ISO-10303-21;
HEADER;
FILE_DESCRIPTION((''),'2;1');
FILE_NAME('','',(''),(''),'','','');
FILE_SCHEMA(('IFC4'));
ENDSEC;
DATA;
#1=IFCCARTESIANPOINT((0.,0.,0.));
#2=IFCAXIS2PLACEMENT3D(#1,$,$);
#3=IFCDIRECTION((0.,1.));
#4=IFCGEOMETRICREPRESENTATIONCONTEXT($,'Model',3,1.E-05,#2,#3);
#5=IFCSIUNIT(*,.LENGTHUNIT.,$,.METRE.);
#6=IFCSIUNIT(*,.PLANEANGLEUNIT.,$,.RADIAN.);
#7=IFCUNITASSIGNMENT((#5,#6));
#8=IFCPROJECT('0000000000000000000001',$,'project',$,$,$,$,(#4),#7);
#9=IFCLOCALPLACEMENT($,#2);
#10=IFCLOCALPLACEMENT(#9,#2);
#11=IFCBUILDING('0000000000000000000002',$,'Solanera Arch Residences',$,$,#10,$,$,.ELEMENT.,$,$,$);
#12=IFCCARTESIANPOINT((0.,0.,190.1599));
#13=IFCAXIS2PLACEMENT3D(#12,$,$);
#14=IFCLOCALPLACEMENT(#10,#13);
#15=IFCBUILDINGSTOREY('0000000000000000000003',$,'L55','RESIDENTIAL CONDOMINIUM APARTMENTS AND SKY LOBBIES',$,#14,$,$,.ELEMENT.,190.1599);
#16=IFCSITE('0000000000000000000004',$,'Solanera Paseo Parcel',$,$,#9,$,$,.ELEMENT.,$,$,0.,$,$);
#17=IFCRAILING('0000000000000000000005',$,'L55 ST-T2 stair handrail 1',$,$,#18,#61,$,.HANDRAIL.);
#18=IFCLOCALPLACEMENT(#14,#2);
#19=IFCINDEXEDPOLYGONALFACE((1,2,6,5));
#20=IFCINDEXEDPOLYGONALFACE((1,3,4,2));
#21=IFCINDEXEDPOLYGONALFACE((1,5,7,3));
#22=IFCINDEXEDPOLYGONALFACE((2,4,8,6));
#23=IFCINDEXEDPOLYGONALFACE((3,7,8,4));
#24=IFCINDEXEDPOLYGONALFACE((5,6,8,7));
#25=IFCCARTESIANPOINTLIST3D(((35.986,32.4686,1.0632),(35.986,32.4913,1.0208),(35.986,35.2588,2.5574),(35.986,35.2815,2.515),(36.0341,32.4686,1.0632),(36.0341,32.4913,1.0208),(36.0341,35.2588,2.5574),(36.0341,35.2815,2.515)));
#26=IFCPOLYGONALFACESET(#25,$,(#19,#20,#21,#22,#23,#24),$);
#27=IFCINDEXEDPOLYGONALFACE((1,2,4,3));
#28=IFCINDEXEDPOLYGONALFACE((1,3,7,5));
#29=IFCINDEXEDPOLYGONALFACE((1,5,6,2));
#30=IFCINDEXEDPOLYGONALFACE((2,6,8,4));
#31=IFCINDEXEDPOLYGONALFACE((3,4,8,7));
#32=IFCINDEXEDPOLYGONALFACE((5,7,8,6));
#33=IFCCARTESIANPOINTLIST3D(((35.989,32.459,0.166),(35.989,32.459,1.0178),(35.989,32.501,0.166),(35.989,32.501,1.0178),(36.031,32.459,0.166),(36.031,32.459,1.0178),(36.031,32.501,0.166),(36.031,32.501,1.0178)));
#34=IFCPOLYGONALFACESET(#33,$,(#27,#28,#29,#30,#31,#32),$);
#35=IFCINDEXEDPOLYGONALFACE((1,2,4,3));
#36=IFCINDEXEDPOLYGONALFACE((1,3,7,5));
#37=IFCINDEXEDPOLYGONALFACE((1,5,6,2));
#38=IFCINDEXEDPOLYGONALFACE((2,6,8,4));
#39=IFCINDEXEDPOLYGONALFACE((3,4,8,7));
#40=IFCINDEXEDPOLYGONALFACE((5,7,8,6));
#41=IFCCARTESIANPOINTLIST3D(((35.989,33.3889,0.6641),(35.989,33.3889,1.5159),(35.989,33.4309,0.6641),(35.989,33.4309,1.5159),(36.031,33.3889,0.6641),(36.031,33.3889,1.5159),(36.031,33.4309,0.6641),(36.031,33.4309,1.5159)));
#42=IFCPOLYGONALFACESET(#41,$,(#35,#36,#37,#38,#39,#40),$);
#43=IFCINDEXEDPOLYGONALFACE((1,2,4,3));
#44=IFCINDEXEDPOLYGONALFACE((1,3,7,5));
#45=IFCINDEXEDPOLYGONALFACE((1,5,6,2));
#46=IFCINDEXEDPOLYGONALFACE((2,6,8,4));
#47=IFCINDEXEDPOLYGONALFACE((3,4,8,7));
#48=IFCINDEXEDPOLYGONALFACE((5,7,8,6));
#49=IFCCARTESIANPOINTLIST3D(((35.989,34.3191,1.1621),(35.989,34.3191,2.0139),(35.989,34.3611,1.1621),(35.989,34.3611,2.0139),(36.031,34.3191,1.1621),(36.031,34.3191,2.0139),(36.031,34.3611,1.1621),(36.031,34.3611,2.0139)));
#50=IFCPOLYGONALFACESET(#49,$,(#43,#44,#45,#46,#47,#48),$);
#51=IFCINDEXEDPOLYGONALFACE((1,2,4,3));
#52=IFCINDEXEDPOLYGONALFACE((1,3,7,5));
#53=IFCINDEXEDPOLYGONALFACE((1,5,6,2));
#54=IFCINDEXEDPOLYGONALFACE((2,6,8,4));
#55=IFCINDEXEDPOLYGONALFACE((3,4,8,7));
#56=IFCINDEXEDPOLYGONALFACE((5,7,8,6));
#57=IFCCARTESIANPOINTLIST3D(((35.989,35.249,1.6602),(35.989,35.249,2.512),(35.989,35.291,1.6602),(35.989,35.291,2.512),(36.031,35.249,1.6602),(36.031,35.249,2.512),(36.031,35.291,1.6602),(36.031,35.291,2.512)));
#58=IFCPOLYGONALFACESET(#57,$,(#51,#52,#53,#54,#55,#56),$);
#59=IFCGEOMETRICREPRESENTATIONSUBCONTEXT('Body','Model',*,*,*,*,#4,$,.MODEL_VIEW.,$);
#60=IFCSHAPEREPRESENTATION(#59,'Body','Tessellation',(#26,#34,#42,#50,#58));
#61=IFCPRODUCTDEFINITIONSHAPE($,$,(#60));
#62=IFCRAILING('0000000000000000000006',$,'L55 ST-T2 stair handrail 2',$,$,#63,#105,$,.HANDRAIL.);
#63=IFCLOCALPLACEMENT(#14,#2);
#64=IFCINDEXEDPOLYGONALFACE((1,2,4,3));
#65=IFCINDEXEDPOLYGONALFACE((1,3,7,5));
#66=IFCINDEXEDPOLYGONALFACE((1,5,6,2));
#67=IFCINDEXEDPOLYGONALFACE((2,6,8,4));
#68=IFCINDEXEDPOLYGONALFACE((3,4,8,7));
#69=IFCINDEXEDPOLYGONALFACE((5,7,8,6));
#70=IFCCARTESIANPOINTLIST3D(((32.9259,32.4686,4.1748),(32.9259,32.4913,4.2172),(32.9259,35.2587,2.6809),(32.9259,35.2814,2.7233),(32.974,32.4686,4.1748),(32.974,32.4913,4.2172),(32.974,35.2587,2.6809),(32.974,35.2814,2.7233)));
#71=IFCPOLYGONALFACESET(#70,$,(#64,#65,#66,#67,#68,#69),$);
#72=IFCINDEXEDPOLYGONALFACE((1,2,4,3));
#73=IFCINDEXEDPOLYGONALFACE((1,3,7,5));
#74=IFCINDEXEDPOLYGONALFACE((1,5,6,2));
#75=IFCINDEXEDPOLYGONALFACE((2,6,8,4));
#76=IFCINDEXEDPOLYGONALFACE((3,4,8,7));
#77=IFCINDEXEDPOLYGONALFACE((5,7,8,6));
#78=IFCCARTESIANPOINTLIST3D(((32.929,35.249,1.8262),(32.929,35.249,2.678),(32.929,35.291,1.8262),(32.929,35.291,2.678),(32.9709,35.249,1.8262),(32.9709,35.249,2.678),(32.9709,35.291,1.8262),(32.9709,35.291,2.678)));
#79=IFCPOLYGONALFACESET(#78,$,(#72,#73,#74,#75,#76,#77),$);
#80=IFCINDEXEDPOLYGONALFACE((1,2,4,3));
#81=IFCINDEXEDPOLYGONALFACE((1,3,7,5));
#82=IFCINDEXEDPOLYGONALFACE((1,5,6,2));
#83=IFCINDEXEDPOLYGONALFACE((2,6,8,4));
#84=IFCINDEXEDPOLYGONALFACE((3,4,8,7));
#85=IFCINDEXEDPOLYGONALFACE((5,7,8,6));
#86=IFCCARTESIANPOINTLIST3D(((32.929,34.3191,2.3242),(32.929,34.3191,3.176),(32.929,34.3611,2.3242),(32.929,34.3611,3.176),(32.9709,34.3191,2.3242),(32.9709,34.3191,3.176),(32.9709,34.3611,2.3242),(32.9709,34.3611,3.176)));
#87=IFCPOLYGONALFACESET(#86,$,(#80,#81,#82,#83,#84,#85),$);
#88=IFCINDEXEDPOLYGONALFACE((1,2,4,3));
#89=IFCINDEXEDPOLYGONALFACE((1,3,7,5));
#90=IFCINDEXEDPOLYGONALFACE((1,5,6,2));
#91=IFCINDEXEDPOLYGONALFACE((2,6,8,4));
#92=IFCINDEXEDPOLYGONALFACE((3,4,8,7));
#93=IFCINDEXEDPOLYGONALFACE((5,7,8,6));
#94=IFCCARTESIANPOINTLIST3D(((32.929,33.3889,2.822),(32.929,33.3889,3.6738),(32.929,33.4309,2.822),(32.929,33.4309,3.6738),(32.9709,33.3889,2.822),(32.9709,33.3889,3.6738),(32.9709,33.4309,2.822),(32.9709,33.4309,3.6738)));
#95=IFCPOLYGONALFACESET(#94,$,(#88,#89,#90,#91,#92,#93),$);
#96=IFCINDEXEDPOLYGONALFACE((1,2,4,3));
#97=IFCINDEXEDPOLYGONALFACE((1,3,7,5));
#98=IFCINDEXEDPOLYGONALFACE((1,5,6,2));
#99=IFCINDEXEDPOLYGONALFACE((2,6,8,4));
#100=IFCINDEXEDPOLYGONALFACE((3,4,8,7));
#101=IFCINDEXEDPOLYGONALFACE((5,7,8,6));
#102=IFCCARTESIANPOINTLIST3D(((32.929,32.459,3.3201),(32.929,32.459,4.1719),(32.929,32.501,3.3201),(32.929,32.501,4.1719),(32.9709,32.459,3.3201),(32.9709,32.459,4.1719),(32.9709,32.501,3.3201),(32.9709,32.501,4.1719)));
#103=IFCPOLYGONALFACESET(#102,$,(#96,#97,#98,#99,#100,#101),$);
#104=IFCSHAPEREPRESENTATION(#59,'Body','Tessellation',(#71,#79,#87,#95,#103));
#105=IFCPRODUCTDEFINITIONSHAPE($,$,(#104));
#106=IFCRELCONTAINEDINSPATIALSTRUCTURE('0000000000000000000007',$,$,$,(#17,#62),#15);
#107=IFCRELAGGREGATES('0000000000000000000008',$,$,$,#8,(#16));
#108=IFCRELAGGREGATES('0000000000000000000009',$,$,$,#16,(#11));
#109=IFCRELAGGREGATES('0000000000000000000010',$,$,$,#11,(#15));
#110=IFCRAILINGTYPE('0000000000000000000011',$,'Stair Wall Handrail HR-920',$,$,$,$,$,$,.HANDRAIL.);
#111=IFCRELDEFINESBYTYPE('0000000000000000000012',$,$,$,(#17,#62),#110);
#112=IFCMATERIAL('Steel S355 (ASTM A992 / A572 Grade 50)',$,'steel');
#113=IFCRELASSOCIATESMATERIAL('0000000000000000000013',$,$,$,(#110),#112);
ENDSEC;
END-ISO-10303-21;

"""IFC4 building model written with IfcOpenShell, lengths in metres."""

from ifc_helpers import new_model, si_unit, direction, frame, origin, origin_2d, place, context, subcontext, project, spatial, rectangle, extrude, material, type_object, element, save


model = new_model("IFC4")

# Units and contexts
model_context = context("Model", 3, precision=1e-05, world=origin(), true_north=direction((0.0, 1.0)))
body_context = subcontext(model_context, "Body", "Model", "MODEL_VIEW")
ifc_project = project(units=[si_unit("LENGTHUNIT", "METRE"), si_unit("PLANEANGLEUNIT", "RADIAN")], contexts=[model_context])

# Site, building, storey
site_placement = place(None, origin())
site = spatial("IfcSite", under=ifc_project, at=site_placement, Name="Solanera Paseo Parcel", CompositionType="ELEMENT", RefElevation=0.0)
building_placement = place(site_placement, origin())
building = spatial("IfcBuilding", under=site, at=building_placement, Name="Solanera Arch Residences", CompositionType="ELEMENT")
storey_placement = place(building_placement, frame((0.0, 0.0, 190.1599)))
storey = spatial("IfcBuildingStorey", under=building, at=storey_placement, Name="L55", Description="RESIDENTIAL CONDOMINIUM APARTMENTS AND SKY LOBBIES", CompositionType="ELEMENT", Elevation=190.1599)

# Railings
ifc_material_1 = material(Name="Steel S355 (ASTM A992 / A572 Grade 50)", Category="steel")
railing_type_1 = type_object("IfcRailingType", Name="Stair Wall Handrail HR-920", PredefinedType="HANDRAIL", material=ifc_material_1)
railing_1_placement = place(storey_placement, frame((36.01, 32.48, 0.166)))
element("IfcRailing", 1, at=railing_1_placement, inside=storey, type_object=railing_type_1, Name="L55 ST-T2 stair handrail 1", PredefinedType="HANDRAIL", context=body_context, shape_type="SweptSolid", body=[
    extrude(rectangle(XDim=0.0481, YDim=0.0481, at=origin_2d()), frame((0.0, 0.0, 0.876), z_axis=(0.0, 0.881549, 0.472093), x_axis=(-1.0, 0.0, 0.0)), (0.0, 0.0, 1.0), 3.165),
    extrude(rectangle(XDim=0.042, YDim=0.042, at=origin_2d()), origin(), (0.0, 0.0, 1.0), 0.8518),
    extrude(rectangle(XDim=0.042, YDim=0.042, at=origin_2d()), frame((0.0, 0.9299, 0.498)), (0.0, 0.0, 1.0), 0.8518),
    extrude(rectangle(XDim=0.042, YDim=0.042, at=origin_2d()), frame((0.0, 1.8601, 0.9961)), (0.0, 0.0, 1.0), 0.8518),
    extrude(rectangle(XDim=0.042, YDim=0.042, at=origin_2d()), frame((0.0, 2.79, 1.4941)), (0.0, 0.0, 1.0), 0.8518),
])
railing_2_placement = place(storey_placement, frame((32.95, 35.27, 1.8262)))
element("IfcRailing", 2, at=railing_2_placement, inside=storey, type_object=railing_type_1, Name="L55 ST-T2 stair handrail 2", PredefinedType="HANDRAIL", context=body_context, shape_type="SweptSolid", body=[
    extrude(rectangle(XDim=0.0481, YDim=0.0481, at=origin_2d()), frame((0.0, 0.0, 0.876), z_axis=(0.0, -0.881581, 0.472033), x_axis=(1.0, 0.0, 0.0)), (0.0, 0.0, 1.0), 3.1648),
    extrude(rectangle(XDim=0.042, YDim=0.042, at=origin_2d()), origin(), (0.0, 0.0, 1.0), 0.8518),
    extrude(rectangle(XDim=0.042, YDim=0.042, at=origin_2d()), frame((0.0, -0.9299, 0.498)), (0.0, 0.0, 1.0), 0.8518),
    extrude(rectangle(XDim=0.042, YDim=0.042, at=origin_2d()), frame((0.0, -1.8601, 0.9958)), (0.0, 0.0, 1.0), 0.8518),
    extrude(rectangle(XDim=0.042, YDim=0.042, at=origin_2d()), frame((0.0, -2.79, 1.4939)), (0.0, 0.0, 1.0), 0.8518),
])

save(model, "model.ifc")
